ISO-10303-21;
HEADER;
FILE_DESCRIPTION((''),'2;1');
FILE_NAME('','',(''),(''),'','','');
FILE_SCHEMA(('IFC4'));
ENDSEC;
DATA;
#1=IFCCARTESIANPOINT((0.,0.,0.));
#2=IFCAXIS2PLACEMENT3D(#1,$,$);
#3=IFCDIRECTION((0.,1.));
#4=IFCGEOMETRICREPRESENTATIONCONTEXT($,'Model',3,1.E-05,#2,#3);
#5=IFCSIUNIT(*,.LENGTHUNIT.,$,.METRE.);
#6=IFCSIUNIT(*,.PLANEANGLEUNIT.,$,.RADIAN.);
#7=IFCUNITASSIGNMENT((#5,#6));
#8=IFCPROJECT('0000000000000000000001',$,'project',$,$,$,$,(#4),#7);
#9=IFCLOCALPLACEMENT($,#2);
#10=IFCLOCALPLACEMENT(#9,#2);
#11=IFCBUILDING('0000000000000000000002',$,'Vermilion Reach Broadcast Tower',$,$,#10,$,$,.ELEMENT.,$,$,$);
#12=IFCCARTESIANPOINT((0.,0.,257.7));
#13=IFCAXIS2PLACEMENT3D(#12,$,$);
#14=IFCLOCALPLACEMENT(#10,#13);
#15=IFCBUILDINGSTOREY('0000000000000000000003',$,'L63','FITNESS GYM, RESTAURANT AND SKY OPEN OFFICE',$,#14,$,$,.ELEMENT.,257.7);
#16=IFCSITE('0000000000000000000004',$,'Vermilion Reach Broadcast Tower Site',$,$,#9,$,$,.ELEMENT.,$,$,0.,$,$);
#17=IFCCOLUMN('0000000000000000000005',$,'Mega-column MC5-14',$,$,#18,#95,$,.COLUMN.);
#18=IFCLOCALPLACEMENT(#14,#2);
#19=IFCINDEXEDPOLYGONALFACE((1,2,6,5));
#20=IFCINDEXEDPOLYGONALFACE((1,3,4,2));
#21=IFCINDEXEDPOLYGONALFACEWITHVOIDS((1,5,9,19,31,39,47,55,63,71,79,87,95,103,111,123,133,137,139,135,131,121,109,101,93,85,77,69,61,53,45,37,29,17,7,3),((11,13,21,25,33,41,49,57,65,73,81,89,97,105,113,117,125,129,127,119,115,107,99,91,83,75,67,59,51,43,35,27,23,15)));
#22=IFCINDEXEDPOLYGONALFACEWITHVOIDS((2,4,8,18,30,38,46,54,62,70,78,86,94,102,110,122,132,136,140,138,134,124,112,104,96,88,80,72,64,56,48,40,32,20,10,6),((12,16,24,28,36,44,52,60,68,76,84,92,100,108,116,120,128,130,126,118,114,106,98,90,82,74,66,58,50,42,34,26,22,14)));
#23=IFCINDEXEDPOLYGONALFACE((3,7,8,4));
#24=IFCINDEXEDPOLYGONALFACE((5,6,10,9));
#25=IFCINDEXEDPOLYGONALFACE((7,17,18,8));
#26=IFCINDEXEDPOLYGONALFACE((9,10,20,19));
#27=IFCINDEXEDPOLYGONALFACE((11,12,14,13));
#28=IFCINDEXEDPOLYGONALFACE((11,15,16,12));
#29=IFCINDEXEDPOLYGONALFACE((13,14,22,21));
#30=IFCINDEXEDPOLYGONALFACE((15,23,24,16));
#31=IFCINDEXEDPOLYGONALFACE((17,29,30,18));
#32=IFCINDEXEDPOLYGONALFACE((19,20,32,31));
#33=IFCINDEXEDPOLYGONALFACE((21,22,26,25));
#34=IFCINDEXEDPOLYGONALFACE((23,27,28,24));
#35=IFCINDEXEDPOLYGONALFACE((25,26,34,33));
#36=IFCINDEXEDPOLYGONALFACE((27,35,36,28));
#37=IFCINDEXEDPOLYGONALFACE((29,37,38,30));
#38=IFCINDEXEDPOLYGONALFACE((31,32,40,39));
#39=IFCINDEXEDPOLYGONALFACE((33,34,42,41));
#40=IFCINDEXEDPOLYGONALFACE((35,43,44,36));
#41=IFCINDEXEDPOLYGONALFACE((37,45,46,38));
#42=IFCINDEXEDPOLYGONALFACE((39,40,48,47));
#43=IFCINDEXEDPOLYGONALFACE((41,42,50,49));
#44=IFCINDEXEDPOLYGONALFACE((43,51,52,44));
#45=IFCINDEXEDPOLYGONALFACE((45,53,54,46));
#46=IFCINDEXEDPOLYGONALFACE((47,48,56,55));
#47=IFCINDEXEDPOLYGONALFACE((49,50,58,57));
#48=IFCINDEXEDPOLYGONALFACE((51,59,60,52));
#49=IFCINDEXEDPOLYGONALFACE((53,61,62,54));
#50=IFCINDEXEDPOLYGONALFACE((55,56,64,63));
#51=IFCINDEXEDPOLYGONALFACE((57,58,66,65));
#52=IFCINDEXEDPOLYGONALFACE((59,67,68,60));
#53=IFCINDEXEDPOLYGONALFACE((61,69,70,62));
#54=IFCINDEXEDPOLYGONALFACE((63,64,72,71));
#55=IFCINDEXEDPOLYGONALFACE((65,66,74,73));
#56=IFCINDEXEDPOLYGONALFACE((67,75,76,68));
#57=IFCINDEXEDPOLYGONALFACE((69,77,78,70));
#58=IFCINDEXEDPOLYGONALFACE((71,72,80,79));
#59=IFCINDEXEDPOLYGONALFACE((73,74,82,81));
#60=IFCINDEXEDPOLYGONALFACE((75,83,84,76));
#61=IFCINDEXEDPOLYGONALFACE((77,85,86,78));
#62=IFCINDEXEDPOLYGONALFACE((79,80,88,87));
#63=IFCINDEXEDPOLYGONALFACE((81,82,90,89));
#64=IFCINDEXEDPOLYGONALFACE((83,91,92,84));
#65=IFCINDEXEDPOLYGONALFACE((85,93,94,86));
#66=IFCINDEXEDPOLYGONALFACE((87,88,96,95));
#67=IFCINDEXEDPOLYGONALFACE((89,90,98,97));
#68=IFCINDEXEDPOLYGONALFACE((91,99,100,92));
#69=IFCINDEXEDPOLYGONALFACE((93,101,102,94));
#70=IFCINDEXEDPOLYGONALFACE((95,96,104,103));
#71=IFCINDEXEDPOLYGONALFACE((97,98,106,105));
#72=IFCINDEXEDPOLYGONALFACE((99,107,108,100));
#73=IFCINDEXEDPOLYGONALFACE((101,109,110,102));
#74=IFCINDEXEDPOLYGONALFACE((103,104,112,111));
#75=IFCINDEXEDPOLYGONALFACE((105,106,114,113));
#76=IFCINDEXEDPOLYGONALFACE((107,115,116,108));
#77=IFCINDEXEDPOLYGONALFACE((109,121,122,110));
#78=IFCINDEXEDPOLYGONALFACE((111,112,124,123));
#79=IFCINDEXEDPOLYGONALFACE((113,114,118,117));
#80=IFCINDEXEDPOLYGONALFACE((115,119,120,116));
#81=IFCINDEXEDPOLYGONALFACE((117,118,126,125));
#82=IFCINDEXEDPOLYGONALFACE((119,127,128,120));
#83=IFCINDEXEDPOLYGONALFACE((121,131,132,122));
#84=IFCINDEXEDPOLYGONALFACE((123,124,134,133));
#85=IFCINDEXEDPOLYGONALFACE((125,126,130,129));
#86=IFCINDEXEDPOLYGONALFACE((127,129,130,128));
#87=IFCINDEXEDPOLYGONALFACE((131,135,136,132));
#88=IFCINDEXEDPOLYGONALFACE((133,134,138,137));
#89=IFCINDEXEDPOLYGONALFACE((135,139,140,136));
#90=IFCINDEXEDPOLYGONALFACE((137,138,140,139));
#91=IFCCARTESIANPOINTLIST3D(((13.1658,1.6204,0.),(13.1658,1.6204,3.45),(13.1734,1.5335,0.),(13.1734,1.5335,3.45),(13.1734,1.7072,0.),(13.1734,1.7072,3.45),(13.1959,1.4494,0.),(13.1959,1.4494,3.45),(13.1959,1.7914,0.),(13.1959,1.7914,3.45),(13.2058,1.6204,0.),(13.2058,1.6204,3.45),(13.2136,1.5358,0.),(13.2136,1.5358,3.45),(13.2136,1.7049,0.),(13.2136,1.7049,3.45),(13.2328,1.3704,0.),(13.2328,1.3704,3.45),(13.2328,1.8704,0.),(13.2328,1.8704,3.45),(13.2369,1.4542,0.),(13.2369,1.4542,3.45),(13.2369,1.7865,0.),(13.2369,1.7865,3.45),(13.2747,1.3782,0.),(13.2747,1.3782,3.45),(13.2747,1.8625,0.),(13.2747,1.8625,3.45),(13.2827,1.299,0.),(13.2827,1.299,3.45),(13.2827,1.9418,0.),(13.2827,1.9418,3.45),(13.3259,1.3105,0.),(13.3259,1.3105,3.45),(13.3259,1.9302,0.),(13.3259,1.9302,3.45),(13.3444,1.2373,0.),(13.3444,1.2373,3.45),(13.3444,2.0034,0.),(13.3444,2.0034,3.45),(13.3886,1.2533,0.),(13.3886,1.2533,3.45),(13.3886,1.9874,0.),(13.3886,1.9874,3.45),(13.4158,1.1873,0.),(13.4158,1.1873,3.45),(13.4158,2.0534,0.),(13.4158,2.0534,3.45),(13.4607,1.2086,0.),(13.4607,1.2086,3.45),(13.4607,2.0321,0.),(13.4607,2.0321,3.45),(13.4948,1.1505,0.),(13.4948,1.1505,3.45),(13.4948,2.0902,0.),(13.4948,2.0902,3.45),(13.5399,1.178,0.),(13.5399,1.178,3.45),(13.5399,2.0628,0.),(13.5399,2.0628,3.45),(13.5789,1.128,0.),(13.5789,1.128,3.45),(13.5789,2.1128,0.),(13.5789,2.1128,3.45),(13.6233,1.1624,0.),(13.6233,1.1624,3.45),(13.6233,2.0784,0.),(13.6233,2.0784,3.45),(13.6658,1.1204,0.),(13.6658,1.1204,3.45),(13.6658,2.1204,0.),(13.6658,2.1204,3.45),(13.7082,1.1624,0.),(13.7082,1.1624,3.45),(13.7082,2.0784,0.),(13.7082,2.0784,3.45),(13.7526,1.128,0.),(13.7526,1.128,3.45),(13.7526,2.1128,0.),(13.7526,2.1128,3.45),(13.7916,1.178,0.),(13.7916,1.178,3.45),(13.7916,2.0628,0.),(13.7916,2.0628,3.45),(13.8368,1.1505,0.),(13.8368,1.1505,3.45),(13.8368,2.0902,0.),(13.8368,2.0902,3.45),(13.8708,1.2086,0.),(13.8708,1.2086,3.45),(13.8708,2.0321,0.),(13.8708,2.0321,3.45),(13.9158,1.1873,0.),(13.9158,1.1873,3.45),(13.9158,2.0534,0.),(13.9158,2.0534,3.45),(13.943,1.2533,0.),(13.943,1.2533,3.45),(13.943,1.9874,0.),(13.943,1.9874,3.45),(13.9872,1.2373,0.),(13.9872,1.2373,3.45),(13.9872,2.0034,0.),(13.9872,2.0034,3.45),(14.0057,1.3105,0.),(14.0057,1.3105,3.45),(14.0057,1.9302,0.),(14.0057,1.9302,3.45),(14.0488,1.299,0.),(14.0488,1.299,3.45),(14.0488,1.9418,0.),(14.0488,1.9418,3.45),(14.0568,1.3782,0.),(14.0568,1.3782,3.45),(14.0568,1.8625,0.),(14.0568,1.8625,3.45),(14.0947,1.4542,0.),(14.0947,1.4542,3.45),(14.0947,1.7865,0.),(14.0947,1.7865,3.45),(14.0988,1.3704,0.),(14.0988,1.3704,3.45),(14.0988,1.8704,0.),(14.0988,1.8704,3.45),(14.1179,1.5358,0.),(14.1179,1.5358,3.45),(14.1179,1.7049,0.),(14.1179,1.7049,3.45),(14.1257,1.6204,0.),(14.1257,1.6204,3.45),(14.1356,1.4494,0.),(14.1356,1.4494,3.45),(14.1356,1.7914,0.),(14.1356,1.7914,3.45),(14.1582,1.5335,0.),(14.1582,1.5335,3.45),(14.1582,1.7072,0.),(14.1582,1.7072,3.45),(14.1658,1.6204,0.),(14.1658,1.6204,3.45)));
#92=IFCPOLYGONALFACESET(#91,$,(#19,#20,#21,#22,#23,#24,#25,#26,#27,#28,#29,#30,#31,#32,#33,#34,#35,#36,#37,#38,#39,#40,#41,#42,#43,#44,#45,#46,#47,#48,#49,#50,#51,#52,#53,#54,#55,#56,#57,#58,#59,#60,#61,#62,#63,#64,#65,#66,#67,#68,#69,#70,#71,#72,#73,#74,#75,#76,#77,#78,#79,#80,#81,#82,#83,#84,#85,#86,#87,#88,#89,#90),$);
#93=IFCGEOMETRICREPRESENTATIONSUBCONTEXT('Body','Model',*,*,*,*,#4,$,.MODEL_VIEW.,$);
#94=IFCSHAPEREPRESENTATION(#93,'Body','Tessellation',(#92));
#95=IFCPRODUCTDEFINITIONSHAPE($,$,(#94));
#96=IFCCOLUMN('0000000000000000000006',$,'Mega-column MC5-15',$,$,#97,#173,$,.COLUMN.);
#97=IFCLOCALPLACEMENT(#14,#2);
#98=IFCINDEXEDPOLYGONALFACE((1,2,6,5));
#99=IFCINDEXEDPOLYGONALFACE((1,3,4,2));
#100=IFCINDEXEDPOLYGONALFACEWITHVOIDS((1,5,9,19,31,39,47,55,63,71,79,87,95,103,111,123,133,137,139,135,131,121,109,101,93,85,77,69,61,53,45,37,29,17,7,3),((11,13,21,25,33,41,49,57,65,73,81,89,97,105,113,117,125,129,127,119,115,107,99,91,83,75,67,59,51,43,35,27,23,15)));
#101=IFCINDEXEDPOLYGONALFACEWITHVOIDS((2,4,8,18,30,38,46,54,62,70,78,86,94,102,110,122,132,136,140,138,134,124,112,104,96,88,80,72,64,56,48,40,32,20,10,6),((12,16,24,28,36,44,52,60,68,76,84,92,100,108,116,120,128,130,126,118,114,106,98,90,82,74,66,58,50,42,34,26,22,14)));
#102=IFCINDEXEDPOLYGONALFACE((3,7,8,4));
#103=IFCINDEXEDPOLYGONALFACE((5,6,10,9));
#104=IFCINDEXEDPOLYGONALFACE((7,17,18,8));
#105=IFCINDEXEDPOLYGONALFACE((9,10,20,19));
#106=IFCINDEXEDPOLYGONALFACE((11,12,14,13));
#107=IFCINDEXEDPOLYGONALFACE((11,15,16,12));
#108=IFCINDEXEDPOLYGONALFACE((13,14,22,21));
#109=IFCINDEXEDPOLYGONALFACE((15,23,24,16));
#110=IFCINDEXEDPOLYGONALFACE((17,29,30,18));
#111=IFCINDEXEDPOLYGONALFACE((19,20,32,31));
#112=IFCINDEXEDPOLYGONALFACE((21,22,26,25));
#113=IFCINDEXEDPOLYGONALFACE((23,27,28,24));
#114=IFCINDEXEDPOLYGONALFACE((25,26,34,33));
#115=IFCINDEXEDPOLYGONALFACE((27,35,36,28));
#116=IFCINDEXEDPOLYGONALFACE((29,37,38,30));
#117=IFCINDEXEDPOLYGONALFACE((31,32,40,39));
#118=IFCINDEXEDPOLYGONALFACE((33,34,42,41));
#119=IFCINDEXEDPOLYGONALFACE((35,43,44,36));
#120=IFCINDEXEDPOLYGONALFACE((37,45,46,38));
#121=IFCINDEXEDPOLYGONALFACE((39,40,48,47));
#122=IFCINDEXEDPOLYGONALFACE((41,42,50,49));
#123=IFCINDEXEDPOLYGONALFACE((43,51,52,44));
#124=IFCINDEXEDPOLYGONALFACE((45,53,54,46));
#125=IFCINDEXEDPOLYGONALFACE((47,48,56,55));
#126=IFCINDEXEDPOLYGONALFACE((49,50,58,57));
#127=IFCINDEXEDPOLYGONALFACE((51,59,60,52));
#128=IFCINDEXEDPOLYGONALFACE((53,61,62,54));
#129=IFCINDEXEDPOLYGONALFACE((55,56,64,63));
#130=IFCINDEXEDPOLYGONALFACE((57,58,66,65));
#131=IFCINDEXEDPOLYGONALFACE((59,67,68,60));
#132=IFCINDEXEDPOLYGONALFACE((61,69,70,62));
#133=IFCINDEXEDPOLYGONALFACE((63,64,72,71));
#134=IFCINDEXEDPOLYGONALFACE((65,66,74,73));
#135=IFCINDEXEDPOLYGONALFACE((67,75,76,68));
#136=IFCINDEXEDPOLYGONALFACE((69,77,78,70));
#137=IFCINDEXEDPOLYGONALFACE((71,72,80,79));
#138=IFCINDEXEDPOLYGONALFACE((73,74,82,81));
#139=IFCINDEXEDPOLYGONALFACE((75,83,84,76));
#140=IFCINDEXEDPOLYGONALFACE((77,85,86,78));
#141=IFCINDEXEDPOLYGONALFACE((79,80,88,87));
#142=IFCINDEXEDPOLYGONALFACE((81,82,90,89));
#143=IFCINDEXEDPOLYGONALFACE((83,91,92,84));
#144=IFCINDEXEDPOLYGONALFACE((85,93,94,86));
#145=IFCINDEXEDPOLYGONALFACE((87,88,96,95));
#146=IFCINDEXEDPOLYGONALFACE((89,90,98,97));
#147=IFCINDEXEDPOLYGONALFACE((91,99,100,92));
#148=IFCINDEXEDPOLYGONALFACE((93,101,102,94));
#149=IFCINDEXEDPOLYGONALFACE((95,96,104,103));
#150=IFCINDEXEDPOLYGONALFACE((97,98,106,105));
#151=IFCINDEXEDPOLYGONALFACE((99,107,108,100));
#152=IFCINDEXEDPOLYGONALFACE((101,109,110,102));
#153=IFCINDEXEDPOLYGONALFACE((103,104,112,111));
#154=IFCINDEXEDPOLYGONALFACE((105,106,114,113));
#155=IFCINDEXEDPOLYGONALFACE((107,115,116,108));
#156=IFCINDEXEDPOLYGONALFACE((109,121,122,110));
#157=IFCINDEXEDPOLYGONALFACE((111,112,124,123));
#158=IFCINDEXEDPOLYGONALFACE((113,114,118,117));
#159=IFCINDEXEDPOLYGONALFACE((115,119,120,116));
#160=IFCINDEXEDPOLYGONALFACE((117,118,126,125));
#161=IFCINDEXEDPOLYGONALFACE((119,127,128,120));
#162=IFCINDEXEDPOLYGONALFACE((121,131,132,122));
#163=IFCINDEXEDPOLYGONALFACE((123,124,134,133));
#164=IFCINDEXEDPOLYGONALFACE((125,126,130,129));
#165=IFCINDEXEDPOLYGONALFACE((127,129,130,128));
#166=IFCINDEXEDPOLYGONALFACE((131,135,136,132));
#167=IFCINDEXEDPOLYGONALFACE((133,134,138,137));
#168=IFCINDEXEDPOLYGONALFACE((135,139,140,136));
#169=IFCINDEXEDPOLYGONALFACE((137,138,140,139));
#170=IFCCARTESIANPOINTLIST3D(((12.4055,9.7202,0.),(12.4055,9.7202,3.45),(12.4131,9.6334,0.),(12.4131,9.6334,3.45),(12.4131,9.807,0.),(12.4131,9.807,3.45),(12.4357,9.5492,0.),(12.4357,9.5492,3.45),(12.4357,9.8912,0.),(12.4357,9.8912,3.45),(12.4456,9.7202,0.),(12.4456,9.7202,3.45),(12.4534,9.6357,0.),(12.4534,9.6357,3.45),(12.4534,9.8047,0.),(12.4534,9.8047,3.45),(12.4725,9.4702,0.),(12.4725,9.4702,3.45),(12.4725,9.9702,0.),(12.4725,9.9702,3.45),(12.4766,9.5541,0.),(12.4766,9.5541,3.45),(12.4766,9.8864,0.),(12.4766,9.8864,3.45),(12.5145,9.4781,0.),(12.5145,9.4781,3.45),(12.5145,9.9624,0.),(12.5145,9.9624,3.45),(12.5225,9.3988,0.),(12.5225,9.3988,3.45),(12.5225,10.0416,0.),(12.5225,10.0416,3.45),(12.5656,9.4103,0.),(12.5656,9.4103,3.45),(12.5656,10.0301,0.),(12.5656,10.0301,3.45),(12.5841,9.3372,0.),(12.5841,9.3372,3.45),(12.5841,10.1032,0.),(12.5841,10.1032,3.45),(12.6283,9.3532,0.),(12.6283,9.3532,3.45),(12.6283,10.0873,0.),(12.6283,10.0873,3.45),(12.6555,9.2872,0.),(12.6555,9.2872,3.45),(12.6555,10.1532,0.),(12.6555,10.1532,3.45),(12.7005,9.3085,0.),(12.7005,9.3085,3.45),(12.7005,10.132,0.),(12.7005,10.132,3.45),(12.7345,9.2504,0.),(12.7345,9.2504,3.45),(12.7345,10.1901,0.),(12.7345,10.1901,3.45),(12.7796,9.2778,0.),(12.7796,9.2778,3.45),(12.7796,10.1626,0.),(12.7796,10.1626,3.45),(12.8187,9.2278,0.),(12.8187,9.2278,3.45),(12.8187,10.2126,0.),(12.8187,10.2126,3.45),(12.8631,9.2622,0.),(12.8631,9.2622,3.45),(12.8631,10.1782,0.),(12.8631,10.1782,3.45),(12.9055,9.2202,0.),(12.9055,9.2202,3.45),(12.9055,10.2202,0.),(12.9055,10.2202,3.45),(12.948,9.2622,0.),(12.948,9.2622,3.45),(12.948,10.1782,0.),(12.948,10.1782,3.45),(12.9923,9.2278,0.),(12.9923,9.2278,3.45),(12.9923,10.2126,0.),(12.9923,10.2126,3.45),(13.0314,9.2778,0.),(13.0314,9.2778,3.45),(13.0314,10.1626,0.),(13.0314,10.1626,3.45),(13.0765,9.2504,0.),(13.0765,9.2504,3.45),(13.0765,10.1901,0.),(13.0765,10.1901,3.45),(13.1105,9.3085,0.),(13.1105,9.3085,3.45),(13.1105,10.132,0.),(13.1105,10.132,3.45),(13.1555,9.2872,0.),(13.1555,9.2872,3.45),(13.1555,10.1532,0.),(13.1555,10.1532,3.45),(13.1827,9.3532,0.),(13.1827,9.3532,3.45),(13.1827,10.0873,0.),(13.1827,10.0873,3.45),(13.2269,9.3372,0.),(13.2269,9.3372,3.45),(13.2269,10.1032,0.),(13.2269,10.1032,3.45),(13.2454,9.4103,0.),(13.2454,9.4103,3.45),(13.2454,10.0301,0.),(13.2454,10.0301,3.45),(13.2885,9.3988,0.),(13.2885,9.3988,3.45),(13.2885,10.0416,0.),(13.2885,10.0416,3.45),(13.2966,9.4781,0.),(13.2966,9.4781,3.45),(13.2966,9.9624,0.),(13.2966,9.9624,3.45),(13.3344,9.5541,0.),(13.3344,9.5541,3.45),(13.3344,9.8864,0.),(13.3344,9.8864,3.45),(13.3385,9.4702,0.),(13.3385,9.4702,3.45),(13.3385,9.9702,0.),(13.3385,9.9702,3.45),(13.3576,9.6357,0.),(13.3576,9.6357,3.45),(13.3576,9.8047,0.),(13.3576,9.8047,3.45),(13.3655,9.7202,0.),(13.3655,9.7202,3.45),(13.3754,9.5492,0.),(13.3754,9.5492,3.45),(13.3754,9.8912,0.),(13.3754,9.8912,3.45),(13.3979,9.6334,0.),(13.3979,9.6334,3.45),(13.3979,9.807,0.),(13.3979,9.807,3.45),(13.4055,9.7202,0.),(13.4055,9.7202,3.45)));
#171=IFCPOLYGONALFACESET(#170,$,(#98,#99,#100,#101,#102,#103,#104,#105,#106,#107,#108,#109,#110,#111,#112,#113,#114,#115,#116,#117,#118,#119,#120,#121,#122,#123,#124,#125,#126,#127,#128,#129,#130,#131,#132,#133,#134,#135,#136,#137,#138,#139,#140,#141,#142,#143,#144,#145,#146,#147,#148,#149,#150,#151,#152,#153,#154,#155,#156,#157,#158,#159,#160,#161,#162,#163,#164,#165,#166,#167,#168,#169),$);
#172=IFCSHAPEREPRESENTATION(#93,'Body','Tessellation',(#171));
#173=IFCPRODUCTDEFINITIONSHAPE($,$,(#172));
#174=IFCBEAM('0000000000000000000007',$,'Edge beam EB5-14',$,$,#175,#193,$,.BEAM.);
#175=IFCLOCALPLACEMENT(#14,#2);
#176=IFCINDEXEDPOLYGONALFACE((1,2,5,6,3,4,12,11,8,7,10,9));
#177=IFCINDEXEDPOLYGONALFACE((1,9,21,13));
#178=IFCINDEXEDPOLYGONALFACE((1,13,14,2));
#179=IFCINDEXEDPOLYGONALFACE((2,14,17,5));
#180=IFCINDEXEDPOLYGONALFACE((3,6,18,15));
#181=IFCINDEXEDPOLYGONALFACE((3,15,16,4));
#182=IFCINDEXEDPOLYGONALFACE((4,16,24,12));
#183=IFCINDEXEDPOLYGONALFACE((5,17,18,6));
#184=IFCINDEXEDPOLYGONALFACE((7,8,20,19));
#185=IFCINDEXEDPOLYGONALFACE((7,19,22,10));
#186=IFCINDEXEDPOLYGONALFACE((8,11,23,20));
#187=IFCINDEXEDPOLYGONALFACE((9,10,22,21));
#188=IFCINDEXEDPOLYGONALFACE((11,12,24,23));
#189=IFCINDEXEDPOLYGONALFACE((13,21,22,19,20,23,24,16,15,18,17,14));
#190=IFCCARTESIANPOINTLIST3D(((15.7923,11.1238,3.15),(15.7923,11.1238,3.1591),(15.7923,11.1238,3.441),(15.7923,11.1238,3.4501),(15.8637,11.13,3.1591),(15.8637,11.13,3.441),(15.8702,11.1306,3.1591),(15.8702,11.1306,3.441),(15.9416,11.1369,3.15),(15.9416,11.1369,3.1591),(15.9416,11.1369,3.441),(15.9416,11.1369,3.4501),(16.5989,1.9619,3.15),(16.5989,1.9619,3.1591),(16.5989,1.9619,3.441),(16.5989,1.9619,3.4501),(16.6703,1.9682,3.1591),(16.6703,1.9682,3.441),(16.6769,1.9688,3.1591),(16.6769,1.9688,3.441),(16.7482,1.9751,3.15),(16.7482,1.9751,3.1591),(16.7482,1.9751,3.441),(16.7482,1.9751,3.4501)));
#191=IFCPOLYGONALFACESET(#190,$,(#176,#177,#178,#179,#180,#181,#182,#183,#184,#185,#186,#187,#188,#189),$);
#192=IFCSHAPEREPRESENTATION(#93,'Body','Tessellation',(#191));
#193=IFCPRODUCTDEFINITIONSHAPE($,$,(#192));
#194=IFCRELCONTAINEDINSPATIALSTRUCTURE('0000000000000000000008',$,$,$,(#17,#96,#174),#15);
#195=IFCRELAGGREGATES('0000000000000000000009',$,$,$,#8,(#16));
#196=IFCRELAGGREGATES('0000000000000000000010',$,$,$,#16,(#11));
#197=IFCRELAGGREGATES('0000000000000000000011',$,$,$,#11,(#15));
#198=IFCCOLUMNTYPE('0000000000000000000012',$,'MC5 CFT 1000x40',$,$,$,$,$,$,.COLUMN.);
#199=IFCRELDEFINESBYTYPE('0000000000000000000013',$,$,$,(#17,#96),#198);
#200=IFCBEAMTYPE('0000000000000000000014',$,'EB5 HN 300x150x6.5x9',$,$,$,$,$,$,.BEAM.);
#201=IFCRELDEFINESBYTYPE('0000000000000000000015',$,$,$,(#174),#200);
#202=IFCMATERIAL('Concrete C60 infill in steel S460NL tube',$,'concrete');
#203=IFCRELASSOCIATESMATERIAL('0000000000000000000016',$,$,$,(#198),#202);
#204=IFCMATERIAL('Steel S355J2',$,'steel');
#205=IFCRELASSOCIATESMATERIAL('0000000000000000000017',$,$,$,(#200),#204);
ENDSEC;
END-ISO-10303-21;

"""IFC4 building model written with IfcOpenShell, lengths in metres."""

from ifc_helpers import new_model, si_unit, direction, frame, origin, origin_2d, place, context, subcontext, project, spatial, hollow_circle, i_section, extrude, material, material_profile, profile_set, type_object, element, save


model = new_model("IFC4")

# Units and contexts
model_context = context("Model", 3, precision=1e-05, world=origin(), true_north=direction((0.0, 1.0)))
body_context = subcontext(model_context, "Body", "Model", "MODEL_VIEW")
ifc_project = project(units=[si_unit("LENGTHUNIT", "METRE"), si_unit("PLANEANGLEUNIT", "RADIAN")], contexts=[model_context])

# Site, building, storey
site_placement = place(None, origin())
site = spatial("IfcSite", under=ifc_project, at=site_placement, Name="Vermilion Reach Broadcast Tower Site", CompositionType="ELEMENT", RefElevation=0.0)
building_placement = place(site_placement, origin())
building = spatial("IfcBuilding", under=site, at=building_placement, Name="Vermilion Reach Broadcast Tower", CompositionType="ELEMENT")
storey_placement = place(building_placement, frame((0.0, 0.0, 257.7)))
storey = spatial("IfcBuildingStorey", under=building, at=storey_placement, Name="L63", Description="FITNESS GYM, RESTAURANT AND SKY OPEN OFFICE", CompositionType="ELEMENT", Elevation=257.7)

# Columns
ifc_material_1 = material(Name="Concrete C60 infill in steel S460NL tube", Category="concrete")
ifc_material_profile_1 = material_profile(ifc_material_1, hollow_circle(Radius=0.5, WallThickness=0.04, at=origin_2d()), Name="Concrete C60 infill in steel S460NL tube CFT 1000x40")
ifc_profile_set_1 = profile_set([ifc_material_profile_1], Name="Concrete C60 infill in steel S460NL tube")
column_type = type_object("IfcColumnType", Name="MC5 CFT 1000x40", PredefinedType="COLUMN", material=ifc_profile_set_1)
for number, where, z_axis, x_axis, name in (
    (1, (13.6658, 1.6204, 0.0), (0.0, 0.0, 1.0), (1.0, 0.0, 0.0), "Mega-column MC5-14"),
    (2, (12.9055, 9.7202, 0.0), (0.0, 0.0, 1.0), (1.0, 0.0, 0.0), "Mega-column MC5-15"),
):
    element("IfcColumn", number, at=place(storey_placement, frame(where, z_axis=z_axis, x_axis=x_axis)), inside=storey, type_object=column_type, Name=name, PredefinedType="COLUMN", context=body_context, shape_type="SweptSolid", body=[
        extrude(hollow_circle(Radius=0.5, WallThickness=0.04, at=origin_2d()), origin(), (0.0, 0.0, 1.0), 3.45),
    ])

# Beam
ifc_material_2 = material(Name="Steel S355J2", Category="steel")
ifc_material_profile_2 = material_profile(ifc_material_2, i_section(OverallWidth=0.1499, OverallDepth=0.3, WebThickness=0.0066, FlangeThickness=0.009, at=origin_2d()), Name="S355J2 HN 300x150x6.5x9")
ifc_profile_set_2 = profile_set([ifc_material_profile_2], Name="Steel S355J2")
beam_type_1 = type_object("IfcBeamType", Name="EB5 HN 300x150x6.5x9", PredefinedType="BEAM", material=ifc_profile_set_2)
beam_1_placement = place(storey_placement, frame((16.6736, 1.9685, 3.3), z_axis=(-0.087704, 0.996147, 0.0), x_axis=(-0.996147, -0.087704, 0.0)))
element("IfcBeam", 3, at=beam_1_placement, inside=storey, type_object=beam_type_1, Name="Edge beam EB5-14", PredefinedType="BEAM", context=body_context, shape_type="SweptSolid", body=[
    extrude(i_section(OverallWidth=0.1499, OverallDepth=0.3, WebThickness=0.0066, FlangeThickness=0.009, at=origin_2d()), origin(), (0.0, 0.0, 1.0), 9.1973),
])

save(model, "model.ifc")
